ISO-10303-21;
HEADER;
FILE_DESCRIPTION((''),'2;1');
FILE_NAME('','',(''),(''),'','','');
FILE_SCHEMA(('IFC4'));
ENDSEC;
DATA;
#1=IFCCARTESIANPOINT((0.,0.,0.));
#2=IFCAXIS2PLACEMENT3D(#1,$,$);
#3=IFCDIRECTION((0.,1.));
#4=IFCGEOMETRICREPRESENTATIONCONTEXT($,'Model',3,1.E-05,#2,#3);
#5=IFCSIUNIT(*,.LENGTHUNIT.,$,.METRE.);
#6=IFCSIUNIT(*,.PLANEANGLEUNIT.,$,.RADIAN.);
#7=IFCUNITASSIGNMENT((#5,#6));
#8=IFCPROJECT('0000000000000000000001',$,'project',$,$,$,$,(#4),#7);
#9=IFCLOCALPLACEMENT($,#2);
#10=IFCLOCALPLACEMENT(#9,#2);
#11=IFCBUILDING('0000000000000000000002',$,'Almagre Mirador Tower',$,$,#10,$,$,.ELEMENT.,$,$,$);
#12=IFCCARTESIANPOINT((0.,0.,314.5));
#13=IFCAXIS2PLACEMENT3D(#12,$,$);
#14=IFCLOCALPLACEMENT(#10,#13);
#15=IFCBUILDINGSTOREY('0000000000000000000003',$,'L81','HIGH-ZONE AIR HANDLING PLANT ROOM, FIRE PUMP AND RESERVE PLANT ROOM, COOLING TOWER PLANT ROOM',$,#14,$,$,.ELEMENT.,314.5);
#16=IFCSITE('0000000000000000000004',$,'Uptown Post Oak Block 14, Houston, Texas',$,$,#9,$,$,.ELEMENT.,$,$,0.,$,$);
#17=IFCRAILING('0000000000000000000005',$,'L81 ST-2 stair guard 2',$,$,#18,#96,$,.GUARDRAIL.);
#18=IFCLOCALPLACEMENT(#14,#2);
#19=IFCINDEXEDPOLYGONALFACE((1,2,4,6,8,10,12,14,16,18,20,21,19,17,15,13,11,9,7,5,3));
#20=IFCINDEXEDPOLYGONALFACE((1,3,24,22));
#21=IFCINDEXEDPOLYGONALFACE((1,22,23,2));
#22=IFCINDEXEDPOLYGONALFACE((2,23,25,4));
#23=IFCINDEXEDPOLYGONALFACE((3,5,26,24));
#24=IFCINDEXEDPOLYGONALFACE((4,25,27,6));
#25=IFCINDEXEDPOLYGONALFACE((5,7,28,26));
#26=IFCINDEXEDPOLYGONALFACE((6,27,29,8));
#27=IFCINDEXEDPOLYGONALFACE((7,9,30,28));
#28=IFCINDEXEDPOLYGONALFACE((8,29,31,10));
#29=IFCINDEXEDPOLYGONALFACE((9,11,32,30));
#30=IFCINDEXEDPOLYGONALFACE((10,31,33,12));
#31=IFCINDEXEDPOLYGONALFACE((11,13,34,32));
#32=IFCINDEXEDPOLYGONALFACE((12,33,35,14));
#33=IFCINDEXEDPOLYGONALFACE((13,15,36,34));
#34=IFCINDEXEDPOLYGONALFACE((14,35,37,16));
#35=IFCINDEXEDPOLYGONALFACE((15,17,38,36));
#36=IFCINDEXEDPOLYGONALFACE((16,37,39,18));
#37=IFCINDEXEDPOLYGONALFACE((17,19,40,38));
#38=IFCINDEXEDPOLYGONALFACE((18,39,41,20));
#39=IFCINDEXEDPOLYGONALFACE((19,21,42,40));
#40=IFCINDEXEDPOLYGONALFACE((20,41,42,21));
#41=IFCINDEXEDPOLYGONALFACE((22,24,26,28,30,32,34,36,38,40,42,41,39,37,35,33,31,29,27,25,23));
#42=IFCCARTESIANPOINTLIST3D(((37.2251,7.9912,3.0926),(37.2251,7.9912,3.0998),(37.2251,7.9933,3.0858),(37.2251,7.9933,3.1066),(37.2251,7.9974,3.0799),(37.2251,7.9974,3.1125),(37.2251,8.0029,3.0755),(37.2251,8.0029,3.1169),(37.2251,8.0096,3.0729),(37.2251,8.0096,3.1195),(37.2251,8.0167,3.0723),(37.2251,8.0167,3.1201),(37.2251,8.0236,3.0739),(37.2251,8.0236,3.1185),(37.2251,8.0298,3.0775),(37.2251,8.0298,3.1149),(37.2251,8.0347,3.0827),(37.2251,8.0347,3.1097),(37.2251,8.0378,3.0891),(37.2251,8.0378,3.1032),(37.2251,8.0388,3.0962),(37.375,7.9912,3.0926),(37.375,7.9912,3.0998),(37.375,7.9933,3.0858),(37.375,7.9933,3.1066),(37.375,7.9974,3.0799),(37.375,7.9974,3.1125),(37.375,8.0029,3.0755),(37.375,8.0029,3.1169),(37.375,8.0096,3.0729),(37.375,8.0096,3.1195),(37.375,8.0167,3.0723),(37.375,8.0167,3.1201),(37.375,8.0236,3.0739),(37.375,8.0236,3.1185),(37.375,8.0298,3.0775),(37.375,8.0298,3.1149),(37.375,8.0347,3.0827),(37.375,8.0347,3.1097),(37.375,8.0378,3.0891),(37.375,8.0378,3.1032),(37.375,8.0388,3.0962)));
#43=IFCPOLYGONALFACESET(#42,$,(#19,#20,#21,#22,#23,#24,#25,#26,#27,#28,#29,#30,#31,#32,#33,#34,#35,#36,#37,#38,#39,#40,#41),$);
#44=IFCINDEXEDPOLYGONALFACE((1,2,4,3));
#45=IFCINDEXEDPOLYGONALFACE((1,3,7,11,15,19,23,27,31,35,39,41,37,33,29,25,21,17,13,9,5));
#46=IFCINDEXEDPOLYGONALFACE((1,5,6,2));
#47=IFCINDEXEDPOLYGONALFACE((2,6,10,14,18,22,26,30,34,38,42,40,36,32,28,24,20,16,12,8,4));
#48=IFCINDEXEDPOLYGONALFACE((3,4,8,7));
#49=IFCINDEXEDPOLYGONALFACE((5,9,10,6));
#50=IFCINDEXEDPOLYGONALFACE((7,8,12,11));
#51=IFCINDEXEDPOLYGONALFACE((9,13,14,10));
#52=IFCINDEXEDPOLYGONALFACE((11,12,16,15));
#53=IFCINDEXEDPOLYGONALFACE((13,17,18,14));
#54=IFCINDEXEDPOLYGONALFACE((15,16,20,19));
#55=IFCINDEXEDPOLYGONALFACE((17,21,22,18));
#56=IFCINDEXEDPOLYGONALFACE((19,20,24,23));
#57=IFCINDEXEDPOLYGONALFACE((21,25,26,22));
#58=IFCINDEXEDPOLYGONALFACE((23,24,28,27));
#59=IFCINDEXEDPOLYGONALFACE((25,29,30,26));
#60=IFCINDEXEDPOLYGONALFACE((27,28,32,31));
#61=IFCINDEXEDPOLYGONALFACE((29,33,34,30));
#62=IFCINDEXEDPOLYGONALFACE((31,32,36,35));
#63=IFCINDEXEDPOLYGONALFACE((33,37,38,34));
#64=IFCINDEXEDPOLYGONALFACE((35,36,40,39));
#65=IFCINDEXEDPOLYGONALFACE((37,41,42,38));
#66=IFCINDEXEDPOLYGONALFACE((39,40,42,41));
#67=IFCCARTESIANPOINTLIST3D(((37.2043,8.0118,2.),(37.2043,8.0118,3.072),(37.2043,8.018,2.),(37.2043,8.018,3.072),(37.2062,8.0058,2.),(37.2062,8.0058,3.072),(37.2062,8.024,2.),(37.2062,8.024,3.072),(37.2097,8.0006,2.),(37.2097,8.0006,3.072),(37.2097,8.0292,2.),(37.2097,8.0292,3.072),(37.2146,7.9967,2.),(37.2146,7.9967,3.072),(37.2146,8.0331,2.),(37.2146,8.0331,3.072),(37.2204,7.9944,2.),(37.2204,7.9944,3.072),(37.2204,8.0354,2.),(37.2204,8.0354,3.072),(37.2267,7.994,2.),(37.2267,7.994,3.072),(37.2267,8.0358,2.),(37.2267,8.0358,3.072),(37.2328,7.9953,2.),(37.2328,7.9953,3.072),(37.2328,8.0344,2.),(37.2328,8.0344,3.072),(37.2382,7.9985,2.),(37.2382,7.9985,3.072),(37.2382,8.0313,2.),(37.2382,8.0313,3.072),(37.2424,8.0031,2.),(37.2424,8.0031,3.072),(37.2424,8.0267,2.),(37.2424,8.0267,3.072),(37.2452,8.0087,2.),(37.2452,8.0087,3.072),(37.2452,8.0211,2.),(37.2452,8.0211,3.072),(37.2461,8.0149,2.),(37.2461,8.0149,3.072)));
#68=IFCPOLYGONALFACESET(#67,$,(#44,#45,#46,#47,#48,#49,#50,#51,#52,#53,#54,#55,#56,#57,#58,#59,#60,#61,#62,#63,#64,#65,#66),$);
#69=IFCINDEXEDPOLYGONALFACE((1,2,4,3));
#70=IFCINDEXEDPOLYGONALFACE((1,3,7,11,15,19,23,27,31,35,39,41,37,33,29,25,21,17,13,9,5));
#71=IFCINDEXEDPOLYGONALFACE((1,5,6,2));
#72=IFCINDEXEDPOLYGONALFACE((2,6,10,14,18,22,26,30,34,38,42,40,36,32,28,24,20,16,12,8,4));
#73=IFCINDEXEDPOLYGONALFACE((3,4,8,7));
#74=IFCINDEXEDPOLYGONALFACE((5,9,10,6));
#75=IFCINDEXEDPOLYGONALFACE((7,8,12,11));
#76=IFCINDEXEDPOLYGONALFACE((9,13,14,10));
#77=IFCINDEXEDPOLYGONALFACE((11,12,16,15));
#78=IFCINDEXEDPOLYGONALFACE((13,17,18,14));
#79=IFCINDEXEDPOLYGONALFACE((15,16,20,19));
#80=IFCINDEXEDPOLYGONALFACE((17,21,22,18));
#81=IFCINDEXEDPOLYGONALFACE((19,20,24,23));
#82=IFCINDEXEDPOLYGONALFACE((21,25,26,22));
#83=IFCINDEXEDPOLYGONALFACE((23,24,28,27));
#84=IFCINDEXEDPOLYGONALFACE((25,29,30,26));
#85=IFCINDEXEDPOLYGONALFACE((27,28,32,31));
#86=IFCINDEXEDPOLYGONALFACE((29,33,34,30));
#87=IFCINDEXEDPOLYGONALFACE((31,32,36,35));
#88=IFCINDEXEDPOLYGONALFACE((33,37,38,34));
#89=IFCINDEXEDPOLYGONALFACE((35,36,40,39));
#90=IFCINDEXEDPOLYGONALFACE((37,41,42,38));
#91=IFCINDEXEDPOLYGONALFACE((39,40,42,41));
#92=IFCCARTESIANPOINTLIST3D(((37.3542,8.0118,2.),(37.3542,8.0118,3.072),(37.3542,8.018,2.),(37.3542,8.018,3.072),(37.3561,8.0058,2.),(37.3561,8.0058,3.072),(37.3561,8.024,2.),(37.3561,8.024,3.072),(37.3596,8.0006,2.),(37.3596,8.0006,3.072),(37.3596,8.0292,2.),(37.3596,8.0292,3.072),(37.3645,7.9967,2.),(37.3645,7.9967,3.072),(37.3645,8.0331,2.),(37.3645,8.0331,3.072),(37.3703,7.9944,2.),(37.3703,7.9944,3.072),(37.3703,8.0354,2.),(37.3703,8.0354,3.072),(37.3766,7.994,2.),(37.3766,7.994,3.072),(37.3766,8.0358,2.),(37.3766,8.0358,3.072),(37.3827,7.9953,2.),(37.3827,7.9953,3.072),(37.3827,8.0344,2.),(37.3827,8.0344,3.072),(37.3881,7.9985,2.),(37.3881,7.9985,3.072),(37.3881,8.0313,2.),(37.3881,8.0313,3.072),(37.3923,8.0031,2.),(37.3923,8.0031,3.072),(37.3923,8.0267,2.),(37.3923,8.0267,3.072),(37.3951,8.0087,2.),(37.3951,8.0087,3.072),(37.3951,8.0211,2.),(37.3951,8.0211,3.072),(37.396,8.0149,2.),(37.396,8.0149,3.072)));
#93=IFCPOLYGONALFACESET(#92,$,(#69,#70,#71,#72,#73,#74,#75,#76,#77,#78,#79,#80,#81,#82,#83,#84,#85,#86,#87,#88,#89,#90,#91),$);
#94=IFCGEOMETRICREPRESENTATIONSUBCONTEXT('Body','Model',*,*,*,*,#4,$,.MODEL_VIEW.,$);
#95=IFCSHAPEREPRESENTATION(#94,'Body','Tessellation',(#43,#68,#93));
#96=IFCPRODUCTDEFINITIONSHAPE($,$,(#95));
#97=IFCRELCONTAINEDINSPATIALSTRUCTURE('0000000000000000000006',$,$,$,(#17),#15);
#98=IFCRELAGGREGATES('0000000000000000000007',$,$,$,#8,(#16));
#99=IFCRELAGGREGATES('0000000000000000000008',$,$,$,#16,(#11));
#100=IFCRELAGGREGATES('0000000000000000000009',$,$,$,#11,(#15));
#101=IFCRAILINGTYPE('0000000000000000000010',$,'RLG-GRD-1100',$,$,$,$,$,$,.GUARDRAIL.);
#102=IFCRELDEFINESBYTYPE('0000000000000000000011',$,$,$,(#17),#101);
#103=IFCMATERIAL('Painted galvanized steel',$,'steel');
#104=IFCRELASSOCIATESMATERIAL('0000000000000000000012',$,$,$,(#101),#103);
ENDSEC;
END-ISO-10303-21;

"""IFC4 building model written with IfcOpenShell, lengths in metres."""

from ifc_helpers import new_model, si_unit, direction, frame, origin, origin_2d, place, context, subcontext, project, spatial, circle, extrude, material, type_object, element, save


model = new_model("IFC4")

# Units and contexts
model_context = context("Model", 3, precision=1e-05, world=origin(), true_north=direction((0.0, 1.0)))
body_context = subcontext(model_context, "Body", "Model", "MODEL_VIEW")
ifc_project = project(units=[si_unit("LENGTHUNIT", "METRE"), si_unit("PLANEANGLEUNIT", "RADIAN")], contexts=[model_context])

# Site, building, storey
site_placement = place(None, origin())
site = spatial("IfcSite", under=ifc_project, at=site_placement, Name="Uptown Post Oak Block 14, Houston, Texas", CompositionType="ELEMENT", RefElevation=0.0)
building_placement = place(site_placement, origin())
building = spatial("IfcBuilding", under=site, at=building_placement, Name="Almagre Mirador Tower", CompositionType="ELEMENT")
storey_placement = place(building_placement, frame((0.0, 0.0, 314.5)))
storey = spatial("IfcBuildingStorey", under=building, at=storey_placement, Name="L81", Description="HIGH-ZONE AIR HANDLING PLANT ROOM, FIRE PUMP AND RESERVE PLANT ROOM, COOLING TOWER PLANT ROOM", CompositionType="ELEMENT", Elevation=314.5)

# Railing
ifc_material_1 = material(Name="Painted galvanized steel", Category="steel")
railing_type_1 = type_object("IfcRailingType", Name="RLG-GRD-1100", PredefinedType="GUARDRAIL", material=ifc_material_1)
railing_1_placement = place(storey_placement, frame((37.2251, 8.0149, 2.0)))
element("IfcRailing", 1, at=railing_1_placement, inside=storey, type_object=railing_type_1, Name="L81 ST-2 stair guard 2", PredefinedType="GUARDRAIL", context=body_context, shape_type="SweptSolid", body=[
    extrude(circle(Radius=0.0239, at=origin_2d()), frame((0.0, 0.0, 1.0962), z_axis=(1.0, 0.0, 0.0), x_axis=(0.0, 1.0, 0.0)), (0.0, 0.0, 1.0), 0.1499),
    extrude(circle(Radius=0.021, at=origin_2d()), origin(), (0.0, 0.0, 1.0), 1.072),
    extrude(circle(Radius=0.021, at=origin_2d()), frame((0.1499, 0.0, 0.0)), (0.0, 0.0, 1.0), 1.072),
])

save(model, "model.ifc")
